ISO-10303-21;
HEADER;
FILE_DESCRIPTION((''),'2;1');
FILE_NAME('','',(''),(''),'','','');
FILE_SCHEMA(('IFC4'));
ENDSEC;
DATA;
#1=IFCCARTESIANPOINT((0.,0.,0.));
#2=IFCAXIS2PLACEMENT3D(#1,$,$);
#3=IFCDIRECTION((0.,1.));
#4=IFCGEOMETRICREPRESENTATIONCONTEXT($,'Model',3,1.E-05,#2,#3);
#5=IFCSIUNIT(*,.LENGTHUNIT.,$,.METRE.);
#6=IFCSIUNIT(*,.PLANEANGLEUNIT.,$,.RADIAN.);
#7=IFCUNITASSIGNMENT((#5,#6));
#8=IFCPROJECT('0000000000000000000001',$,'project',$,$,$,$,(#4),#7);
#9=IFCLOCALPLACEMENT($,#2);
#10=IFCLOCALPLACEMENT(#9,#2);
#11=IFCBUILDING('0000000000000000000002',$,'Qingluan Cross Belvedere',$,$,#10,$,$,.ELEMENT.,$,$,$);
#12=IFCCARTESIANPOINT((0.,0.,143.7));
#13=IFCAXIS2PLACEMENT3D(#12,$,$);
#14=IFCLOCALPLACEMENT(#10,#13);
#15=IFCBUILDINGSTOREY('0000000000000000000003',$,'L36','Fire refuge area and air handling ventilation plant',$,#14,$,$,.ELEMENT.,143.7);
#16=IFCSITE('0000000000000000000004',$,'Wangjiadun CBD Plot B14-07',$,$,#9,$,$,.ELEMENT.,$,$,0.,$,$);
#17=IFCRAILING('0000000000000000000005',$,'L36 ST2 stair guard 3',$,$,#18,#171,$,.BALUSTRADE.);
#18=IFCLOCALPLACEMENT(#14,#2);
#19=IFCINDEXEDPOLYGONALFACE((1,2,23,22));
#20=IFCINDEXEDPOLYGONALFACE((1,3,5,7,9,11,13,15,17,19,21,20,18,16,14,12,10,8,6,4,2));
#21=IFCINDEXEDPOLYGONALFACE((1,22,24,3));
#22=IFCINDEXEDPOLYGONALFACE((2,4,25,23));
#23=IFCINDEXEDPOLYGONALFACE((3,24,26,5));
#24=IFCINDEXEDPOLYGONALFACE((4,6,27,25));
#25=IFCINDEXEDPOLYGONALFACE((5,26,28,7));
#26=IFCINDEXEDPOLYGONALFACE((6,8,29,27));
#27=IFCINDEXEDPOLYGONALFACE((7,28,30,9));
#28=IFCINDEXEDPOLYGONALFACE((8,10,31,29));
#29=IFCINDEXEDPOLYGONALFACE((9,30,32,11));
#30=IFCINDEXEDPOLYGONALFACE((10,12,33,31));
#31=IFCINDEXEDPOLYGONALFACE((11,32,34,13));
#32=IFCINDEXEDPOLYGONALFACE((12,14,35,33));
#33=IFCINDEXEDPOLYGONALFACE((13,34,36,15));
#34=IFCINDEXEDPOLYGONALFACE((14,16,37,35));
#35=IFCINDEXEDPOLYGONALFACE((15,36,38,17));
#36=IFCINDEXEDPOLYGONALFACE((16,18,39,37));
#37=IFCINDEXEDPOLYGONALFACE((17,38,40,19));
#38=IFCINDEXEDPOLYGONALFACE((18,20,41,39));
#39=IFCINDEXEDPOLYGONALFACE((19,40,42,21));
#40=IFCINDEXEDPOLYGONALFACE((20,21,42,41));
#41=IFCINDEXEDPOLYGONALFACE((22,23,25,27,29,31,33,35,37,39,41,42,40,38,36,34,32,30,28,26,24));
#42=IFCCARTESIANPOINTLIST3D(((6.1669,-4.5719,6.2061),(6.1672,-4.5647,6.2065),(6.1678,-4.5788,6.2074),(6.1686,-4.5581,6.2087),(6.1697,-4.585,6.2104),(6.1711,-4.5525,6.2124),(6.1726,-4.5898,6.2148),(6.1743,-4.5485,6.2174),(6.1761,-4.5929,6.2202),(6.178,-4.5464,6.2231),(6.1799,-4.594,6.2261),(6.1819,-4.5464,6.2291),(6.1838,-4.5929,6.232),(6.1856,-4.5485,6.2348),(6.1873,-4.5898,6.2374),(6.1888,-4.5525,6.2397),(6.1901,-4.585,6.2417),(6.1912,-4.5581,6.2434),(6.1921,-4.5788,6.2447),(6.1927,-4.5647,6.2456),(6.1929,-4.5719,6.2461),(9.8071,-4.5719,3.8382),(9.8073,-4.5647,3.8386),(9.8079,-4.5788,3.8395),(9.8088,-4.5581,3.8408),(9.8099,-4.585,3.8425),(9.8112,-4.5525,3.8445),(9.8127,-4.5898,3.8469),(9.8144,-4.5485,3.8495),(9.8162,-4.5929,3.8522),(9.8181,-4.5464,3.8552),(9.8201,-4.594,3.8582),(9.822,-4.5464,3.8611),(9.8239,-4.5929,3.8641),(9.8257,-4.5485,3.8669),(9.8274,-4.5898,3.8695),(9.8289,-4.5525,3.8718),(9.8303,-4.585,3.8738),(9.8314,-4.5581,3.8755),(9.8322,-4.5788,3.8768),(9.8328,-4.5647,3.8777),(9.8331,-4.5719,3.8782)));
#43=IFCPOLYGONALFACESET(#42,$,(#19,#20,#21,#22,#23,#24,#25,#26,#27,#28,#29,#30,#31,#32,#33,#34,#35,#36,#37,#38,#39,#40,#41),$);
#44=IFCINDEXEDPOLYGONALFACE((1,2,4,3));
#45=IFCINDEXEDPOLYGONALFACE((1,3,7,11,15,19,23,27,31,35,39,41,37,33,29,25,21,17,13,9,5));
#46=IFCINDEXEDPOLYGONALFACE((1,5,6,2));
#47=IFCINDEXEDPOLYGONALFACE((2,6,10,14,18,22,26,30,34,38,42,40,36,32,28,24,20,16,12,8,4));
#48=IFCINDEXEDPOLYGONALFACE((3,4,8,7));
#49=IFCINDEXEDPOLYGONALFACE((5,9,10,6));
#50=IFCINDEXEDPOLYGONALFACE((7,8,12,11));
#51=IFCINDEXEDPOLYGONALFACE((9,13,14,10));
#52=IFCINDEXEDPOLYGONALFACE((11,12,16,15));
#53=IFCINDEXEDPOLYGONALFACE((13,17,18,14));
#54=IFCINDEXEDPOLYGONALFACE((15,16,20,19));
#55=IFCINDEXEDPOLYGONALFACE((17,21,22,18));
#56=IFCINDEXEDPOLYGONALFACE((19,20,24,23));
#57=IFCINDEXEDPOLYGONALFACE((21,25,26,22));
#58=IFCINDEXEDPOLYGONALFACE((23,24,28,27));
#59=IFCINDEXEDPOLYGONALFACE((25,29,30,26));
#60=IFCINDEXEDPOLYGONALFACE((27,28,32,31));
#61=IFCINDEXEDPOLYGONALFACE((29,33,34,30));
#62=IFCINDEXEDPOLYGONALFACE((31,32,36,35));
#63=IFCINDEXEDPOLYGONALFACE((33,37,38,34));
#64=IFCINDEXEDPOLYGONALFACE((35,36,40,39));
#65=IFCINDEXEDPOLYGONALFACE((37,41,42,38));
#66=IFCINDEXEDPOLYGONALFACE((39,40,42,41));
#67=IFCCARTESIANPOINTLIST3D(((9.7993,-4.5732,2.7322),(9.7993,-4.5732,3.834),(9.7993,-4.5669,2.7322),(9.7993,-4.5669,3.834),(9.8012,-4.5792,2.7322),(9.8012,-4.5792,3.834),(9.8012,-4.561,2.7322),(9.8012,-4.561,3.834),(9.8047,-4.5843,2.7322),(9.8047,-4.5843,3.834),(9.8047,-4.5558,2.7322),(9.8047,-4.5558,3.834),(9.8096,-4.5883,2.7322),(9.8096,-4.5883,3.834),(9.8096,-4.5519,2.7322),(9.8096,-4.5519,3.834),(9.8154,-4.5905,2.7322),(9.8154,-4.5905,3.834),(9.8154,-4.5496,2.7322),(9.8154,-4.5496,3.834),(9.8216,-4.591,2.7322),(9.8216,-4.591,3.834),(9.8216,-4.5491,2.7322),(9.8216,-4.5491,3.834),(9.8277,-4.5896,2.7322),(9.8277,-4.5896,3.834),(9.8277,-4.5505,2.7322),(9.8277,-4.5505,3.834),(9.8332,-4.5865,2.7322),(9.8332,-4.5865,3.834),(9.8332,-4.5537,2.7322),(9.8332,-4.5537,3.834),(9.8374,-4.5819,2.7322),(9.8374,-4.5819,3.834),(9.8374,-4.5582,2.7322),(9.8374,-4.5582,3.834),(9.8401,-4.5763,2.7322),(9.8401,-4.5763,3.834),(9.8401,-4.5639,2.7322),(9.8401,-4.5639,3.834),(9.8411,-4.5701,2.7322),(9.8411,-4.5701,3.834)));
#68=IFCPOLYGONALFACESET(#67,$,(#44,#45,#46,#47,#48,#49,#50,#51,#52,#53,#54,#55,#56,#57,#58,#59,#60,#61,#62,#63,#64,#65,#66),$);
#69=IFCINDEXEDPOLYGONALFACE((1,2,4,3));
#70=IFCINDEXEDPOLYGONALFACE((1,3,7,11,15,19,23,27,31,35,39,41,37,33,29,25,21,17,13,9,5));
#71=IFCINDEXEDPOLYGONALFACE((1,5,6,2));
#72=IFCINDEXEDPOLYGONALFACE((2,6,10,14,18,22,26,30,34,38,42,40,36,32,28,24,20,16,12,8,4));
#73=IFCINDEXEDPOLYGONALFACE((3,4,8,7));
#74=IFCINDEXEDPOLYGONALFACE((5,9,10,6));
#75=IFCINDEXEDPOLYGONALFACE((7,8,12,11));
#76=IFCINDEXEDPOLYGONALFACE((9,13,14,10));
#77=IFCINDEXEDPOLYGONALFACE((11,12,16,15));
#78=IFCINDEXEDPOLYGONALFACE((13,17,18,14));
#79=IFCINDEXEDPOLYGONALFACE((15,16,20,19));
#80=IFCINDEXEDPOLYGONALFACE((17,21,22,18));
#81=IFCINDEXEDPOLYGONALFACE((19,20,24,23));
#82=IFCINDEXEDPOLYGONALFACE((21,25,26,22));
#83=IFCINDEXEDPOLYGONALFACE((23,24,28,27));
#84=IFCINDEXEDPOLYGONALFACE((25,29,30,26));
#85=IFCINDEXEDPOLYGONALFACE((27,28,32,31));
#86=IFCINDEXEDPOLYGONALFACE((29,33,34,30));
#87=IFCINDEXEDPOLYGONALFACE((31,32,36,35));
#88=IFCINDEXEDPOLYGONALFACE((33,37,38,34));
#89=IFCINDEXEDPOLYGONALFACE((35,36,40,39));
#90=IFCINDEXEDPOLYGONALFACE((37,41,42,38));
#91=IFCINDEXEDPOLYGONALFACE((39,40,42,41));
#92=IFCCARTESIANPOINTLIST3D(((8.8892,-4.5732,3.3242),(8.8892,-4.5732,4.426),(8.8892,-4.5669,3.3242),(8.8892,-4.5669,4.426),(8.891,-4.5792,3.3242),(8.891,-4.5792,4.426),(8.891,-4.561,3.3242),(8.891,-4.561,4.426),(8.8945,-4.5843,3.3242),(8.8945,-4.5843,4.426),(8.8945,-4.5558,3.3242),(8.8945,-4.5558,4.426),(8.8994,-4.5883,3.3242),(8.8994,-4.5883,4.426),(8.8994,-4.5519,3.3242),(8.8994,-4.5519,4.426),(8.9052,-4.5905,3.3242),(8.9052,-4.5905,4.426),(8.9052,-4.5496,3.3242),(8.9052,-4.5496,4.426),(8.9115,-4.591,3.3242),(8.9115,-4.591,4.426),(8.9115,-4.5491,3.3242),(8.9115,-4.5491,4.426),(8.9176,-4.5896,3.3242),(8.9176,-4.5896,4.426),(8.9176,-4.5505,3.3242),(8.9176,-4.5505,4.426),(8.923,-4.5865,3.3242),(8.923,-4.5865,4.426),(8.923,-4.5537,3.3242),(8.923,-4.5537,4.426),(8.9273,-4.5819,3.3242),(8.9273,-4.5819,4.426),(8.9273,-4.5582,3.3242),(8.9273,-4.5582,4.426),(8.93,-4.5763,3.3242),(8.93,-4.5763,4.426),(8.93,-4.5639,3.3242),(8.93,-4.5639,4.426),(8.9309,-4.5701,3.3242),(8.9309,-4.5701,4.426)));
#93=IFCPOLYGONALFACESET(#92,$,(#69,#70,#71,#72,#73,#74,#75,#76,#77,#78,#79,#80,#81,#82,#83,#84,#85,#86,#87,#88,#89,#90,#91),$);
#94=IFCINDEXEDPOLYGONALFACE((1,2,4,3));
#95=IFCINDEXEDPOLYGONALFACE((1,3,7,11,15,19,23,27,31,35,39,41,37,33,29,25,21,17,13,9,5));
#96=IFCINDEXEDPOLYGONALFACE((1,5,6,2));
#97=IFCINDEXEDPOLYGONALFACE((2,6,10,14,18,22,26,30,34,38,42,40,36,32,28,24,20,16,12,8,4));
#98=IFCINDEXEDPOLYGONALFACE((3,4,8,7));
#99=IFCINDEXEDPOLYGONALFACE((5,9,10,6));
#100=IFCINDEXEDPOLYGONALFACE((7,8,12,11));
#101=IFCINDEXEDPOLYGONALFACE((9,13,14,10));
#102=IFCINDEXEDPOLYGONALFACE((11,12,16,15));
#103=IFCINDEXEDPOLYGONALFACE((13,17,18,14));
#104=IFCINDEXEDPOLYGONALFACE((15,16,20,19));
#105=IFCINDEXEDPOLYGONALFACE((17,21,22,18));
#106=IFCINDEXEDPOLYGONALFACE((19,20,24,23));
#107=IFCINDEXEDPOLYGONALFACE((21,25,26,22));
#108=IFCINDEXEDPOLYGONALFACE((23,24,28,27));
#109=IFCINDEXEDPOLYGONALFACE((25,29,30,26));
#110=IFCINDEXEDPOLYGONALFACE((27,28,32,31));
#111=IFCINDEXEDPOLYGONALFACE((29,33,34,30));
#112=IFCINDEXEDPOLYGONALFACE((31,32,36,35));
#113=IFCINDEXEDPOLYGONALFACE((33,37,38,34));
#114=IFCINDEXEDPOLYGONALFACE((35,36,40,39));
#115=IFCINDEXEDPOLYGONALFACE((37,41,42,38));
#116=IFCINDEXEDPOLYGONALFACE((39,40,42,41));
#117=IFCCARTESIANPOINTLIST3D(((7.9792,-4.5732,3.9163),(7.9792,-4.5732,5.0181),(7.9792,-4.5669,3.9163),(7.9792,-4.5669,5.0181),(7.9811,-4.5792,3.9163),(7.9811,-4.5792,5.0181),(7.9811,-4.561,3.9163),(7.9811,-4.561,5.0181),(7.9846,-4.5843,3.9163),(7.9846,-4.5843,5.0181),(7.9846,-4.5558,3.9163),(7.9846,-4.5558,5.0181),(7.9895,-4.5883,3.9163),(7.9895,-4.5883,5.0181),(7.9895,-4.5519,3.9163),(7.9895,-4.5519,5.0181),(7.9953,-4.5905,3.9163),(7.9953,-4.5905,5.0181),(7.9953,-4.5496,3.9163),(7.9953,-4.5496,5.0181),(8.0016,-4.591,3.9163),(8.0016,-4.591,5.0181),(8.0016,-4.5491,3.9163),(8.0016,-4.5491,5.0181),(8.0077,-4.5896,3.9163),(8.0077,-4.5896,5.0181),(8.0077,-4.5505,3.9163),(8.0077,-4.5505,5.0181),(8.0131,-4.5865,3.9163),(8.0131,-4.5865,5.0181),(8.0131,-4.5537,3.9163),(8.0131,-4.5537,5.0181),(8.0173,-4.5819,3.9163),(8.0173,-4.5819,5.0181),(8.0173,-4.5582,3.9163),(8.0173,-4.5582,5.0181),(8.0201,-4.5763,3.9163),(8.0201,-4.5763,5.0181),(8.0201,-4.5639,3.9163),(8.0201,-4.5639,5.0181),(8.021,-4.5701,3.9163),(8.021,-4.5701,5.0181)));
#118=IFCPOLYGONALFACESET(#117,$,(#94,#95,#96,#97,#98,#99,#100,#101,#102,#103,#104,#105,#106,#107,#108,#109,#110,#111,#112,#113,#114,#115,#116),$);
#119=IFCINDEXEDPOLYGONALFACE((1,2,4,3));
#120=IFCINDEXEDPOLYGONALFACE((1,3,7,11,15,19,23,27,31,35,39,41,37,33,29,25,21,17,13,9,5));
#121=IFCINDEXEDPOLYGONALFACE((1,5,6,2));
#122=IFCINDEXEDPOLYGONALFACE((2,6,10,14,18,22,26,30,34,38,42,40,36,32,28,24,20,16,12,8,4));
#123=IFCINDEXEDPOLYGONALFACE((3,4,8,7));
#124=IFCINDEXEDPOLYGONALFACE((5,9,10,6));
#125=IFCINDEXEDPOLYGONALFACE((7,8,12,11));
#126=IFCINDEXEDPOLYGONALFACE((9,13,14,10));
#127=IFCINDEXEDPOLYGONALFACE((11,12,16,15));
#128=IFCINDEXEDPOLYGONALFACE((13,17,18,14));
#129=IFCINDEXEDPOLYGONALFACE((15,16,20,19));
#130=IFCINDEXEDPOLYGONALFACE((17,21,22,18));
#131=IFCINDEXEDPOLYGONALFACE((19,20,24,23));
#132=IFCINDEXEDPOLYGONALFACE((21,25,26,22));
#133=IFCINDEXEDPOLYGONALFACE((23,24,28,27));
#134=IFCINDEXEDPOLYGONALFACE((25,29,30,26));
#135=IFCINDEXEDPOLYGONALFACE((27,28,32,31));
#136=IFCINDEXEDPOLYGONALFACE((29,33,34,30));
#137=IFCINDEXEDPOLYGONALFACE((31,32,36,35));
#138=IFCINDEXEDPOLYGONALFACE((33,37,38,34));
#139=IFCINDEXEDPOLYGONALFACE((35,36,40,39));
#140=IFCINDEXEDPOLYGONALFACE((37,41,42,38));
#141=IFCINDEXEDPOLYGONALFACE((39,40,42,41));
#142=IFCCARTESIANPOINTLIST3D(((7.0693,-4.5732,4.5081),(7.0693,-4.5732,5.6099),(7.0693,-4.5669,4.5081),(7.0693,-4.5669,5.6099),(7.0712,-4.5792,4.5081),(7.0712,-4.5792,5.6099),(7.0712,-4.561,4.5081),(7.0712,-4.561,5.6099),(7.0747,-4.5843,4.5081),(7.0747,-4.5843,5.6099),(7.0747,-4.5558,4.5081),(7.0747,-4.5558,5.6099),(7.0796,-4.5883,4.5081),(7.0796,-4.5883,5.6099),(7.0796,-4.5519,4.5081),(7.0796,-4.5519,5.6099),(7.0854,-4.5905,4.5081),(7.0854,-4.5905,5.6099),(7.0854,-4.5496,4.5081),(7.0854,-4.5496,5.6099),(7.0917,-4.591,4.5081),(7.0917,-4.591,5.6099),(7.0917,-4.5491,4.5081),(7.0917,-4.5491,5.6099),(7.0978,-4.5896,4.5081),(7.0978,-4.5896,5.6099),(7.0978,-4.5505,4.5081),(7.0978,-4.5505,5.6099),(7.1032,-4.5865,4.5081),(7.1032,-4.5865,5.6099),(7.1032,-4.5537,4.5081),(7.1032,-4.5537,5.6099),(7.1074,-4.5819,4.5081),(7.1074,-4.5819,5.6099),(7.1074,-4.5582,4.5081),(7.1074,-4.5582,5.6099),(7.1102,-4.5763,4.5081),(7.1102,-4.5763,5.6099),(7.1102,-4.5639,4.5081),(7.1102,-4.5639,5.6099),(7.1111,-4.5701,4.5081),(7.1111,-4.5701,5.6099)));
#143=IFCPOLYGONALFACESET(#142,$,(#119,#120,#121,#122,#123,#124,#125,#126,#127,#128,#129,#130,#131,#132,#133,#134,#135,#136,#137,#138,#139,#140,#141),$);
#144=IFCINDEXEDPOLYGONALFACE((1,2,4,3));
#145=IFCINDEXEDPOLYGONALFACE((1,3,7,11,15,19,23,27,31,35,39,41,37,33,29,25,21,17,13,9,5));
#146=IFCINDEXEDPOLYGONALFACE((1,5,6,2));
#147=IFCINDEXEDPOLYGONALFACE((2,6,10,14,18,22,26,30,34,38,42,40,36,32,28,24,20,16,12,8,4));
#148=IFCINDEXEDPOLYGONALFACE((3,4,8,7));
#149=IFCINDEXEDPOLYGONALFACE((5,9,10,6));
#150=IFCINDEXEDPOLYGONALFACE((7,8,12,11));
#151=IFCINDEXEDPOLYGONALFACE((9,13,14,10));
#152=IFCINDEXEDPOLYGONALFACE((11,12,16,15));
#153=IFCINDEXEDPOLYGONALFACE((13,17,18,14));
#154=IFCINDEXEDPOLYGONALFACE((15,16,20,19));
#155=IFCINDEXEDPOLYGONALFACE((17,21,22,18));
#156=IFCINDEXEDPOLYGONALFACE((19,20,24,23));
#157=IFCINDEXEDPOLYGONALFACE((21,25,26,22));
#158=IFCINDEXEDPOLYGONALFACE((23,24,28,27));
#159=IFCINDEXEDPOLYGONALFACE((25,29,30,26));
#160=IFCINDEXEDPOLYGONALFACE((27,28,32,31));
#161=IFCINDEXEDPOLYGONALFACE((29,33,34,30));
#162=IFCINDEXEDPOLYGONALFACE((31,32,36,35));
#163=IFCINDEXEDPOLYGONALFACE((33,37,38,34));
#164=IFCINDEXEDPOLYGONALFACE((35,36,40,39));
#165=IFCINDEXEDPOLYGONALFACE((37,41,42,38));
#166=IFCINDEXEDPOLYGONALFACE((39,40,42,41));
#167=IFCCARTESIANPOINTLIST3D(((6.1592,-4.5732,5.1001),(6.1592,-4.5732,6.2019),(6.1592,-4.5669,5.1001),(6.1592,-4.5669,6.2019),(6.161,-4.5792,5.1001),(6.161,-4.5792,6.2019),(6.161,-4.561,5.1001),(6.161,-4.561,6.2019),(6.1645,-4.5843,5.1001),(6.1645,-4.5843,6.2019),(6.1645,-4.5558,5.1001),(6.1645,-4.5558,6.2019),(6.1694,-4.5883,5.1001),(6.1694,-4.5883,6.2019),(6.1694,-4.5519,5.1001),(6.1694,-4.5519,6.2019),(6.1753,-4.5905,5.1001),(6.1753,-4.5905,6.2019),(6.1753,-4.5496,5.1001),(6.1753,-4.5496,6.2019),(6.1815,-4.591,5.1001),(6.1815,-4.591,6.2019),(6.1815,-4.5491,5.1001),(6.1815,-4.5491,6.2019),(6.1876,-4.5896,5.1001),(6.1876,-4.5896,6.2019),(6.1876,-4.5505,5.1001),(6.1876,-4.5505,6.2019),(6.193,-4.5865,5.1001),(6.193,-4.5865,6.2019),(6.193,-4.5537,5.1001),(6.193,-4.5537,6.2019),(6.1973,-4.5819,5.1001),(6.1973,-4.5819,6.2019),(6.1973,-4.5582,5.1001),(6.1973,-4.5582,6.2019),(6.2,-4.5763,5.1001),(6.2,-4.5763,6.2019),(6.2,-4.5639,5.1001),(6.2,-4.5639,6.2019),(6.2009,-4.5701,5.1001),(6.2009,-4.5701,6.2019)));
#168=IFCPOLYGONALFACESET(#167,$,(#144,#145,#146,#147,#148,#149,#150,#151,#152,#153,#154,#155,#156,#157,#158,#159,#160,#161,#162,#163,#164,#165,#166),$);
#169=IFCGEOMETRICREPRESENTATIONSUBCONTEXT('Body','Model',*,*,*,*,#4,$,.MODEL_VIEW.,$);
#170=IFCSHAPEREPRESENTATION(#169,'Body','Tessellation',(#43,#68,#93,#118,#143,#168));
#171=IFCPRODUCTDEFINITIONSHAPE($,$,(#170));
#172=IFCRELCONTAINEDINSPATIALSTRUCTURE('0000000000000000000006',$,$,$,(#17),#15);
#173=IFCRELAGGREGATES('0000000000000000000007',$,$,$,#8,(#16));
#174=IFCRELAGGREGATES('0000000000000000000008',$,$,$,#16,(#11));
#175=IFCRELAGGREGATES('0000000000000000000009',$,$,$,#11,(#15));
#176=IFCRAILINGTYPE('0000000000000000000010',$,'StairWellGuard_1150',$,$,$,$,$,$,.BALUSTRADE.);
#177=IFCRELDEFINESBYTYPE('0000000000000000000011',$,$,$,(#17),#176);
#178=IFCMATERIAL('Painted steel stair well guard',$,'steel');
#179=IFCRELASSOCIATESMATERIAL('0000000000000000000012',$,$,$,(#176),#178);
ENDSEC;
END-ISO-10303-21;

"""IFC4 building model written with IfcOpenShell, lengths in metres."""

from ifc_helpers import new_model, si_unit, direction, frame, origin, origin_2d, place, context, subcontext, project, spatial, circle, extrude, material, type_object, element, save


model = new_model("IFC4")

# Units and contexts
model_context = context("Model", 3, precision=1e-05, world=origin(), true_north=direction((0.0, 1.0)))
body_context = subcontext(model_context, "Body", "Model", "MODEL_VIEW")
ifc_project = project(units=[si_unit("LENGTHUNIT", "METRE"), si_unit("PLANEANGLEUNIT", "RADIAN")], contexts=[model_context])

# Site, building, storey
site_placement = place(None, origin())
site = spatial("IfcSite", under=ifc_project, at=site_placement, Name="Wangjiadun CBD Plot B14-07", CompositionType="ELEMENT", RefElevation=0.0)
building_placement = place(site_placement, origin())
building = spatial("IfcBuilding", under=site, at=building_placement, Name="Qingluan Cross Belvedere", CompositionType="ELEMENT")
storey_placement = place(building_placement, frame((0.0, 0.0, 143.7)))
storey = spatial("IfcBuildingStorey", under=building, at=storey_placement, Name="L36", Description="Fire refuge area and air handling ventilation plant", CompositionType="ELEMENT", Elevation=143.7)

# Railing
ifc_material_1 = material(Name="Painted steel stair well guard", Category="steel")
railing_type_1 = type_object("IfcRailingType", Name="StairWellGuard_1150", PredefinedType="BALUSTRADE", material=ifc_material_1)
railing_1_placement = place(storey_placement, frame((9.8201, -4.5701, 2.7322)))
element("IfcRailing", 1, at=railing_1_placement, inside=storey, type_object=railing_type_1, Name="L36 ST2 stair guard 3", PredefinedType="BALUSTRADE", context=body_context, shape_type="SweptSolid", body=[
    extrude(circle(Radius=0.0239, at=origin_2d()), frame((0.0, 0.0, 1.126), z_axis=(-0.838251, 0.0, 0.545285), x_axis=(0.0, -1.0, 0.0)), (0.0, 0.0, 1.0), 4.3425),
    extrude(circle(Radius=0.021, at=origin_2d()), origin(), (0.0, 0.0, 1.0), 1.1018),
    extrude(circle(Radius=0.021, at=origin_2d()), frame((-0.9102, 0.0, 0.592)), (0.0, 0.0, 1.0), 1.1018),
    extrude(circle(Radius=0.021, at=origin_2d()), frame((-1.8201, 0.0, 1.1841)), (0.0, 0.0, 1.0), 1.1018),
    extrude(circle(Radius=0.021, at=origin_2d()), frame((-2.73, 0.0, 1.7759)), (0.0, 0.0, 1.0), 1.1018),
    extrude(circle(Radius=0.021, at=origin_2d()), frame((-3.6401, 0.0, 2.3679)), (0.0, 0.0, 1.0), 1.1018),
])

save(model, "model.ifc")
